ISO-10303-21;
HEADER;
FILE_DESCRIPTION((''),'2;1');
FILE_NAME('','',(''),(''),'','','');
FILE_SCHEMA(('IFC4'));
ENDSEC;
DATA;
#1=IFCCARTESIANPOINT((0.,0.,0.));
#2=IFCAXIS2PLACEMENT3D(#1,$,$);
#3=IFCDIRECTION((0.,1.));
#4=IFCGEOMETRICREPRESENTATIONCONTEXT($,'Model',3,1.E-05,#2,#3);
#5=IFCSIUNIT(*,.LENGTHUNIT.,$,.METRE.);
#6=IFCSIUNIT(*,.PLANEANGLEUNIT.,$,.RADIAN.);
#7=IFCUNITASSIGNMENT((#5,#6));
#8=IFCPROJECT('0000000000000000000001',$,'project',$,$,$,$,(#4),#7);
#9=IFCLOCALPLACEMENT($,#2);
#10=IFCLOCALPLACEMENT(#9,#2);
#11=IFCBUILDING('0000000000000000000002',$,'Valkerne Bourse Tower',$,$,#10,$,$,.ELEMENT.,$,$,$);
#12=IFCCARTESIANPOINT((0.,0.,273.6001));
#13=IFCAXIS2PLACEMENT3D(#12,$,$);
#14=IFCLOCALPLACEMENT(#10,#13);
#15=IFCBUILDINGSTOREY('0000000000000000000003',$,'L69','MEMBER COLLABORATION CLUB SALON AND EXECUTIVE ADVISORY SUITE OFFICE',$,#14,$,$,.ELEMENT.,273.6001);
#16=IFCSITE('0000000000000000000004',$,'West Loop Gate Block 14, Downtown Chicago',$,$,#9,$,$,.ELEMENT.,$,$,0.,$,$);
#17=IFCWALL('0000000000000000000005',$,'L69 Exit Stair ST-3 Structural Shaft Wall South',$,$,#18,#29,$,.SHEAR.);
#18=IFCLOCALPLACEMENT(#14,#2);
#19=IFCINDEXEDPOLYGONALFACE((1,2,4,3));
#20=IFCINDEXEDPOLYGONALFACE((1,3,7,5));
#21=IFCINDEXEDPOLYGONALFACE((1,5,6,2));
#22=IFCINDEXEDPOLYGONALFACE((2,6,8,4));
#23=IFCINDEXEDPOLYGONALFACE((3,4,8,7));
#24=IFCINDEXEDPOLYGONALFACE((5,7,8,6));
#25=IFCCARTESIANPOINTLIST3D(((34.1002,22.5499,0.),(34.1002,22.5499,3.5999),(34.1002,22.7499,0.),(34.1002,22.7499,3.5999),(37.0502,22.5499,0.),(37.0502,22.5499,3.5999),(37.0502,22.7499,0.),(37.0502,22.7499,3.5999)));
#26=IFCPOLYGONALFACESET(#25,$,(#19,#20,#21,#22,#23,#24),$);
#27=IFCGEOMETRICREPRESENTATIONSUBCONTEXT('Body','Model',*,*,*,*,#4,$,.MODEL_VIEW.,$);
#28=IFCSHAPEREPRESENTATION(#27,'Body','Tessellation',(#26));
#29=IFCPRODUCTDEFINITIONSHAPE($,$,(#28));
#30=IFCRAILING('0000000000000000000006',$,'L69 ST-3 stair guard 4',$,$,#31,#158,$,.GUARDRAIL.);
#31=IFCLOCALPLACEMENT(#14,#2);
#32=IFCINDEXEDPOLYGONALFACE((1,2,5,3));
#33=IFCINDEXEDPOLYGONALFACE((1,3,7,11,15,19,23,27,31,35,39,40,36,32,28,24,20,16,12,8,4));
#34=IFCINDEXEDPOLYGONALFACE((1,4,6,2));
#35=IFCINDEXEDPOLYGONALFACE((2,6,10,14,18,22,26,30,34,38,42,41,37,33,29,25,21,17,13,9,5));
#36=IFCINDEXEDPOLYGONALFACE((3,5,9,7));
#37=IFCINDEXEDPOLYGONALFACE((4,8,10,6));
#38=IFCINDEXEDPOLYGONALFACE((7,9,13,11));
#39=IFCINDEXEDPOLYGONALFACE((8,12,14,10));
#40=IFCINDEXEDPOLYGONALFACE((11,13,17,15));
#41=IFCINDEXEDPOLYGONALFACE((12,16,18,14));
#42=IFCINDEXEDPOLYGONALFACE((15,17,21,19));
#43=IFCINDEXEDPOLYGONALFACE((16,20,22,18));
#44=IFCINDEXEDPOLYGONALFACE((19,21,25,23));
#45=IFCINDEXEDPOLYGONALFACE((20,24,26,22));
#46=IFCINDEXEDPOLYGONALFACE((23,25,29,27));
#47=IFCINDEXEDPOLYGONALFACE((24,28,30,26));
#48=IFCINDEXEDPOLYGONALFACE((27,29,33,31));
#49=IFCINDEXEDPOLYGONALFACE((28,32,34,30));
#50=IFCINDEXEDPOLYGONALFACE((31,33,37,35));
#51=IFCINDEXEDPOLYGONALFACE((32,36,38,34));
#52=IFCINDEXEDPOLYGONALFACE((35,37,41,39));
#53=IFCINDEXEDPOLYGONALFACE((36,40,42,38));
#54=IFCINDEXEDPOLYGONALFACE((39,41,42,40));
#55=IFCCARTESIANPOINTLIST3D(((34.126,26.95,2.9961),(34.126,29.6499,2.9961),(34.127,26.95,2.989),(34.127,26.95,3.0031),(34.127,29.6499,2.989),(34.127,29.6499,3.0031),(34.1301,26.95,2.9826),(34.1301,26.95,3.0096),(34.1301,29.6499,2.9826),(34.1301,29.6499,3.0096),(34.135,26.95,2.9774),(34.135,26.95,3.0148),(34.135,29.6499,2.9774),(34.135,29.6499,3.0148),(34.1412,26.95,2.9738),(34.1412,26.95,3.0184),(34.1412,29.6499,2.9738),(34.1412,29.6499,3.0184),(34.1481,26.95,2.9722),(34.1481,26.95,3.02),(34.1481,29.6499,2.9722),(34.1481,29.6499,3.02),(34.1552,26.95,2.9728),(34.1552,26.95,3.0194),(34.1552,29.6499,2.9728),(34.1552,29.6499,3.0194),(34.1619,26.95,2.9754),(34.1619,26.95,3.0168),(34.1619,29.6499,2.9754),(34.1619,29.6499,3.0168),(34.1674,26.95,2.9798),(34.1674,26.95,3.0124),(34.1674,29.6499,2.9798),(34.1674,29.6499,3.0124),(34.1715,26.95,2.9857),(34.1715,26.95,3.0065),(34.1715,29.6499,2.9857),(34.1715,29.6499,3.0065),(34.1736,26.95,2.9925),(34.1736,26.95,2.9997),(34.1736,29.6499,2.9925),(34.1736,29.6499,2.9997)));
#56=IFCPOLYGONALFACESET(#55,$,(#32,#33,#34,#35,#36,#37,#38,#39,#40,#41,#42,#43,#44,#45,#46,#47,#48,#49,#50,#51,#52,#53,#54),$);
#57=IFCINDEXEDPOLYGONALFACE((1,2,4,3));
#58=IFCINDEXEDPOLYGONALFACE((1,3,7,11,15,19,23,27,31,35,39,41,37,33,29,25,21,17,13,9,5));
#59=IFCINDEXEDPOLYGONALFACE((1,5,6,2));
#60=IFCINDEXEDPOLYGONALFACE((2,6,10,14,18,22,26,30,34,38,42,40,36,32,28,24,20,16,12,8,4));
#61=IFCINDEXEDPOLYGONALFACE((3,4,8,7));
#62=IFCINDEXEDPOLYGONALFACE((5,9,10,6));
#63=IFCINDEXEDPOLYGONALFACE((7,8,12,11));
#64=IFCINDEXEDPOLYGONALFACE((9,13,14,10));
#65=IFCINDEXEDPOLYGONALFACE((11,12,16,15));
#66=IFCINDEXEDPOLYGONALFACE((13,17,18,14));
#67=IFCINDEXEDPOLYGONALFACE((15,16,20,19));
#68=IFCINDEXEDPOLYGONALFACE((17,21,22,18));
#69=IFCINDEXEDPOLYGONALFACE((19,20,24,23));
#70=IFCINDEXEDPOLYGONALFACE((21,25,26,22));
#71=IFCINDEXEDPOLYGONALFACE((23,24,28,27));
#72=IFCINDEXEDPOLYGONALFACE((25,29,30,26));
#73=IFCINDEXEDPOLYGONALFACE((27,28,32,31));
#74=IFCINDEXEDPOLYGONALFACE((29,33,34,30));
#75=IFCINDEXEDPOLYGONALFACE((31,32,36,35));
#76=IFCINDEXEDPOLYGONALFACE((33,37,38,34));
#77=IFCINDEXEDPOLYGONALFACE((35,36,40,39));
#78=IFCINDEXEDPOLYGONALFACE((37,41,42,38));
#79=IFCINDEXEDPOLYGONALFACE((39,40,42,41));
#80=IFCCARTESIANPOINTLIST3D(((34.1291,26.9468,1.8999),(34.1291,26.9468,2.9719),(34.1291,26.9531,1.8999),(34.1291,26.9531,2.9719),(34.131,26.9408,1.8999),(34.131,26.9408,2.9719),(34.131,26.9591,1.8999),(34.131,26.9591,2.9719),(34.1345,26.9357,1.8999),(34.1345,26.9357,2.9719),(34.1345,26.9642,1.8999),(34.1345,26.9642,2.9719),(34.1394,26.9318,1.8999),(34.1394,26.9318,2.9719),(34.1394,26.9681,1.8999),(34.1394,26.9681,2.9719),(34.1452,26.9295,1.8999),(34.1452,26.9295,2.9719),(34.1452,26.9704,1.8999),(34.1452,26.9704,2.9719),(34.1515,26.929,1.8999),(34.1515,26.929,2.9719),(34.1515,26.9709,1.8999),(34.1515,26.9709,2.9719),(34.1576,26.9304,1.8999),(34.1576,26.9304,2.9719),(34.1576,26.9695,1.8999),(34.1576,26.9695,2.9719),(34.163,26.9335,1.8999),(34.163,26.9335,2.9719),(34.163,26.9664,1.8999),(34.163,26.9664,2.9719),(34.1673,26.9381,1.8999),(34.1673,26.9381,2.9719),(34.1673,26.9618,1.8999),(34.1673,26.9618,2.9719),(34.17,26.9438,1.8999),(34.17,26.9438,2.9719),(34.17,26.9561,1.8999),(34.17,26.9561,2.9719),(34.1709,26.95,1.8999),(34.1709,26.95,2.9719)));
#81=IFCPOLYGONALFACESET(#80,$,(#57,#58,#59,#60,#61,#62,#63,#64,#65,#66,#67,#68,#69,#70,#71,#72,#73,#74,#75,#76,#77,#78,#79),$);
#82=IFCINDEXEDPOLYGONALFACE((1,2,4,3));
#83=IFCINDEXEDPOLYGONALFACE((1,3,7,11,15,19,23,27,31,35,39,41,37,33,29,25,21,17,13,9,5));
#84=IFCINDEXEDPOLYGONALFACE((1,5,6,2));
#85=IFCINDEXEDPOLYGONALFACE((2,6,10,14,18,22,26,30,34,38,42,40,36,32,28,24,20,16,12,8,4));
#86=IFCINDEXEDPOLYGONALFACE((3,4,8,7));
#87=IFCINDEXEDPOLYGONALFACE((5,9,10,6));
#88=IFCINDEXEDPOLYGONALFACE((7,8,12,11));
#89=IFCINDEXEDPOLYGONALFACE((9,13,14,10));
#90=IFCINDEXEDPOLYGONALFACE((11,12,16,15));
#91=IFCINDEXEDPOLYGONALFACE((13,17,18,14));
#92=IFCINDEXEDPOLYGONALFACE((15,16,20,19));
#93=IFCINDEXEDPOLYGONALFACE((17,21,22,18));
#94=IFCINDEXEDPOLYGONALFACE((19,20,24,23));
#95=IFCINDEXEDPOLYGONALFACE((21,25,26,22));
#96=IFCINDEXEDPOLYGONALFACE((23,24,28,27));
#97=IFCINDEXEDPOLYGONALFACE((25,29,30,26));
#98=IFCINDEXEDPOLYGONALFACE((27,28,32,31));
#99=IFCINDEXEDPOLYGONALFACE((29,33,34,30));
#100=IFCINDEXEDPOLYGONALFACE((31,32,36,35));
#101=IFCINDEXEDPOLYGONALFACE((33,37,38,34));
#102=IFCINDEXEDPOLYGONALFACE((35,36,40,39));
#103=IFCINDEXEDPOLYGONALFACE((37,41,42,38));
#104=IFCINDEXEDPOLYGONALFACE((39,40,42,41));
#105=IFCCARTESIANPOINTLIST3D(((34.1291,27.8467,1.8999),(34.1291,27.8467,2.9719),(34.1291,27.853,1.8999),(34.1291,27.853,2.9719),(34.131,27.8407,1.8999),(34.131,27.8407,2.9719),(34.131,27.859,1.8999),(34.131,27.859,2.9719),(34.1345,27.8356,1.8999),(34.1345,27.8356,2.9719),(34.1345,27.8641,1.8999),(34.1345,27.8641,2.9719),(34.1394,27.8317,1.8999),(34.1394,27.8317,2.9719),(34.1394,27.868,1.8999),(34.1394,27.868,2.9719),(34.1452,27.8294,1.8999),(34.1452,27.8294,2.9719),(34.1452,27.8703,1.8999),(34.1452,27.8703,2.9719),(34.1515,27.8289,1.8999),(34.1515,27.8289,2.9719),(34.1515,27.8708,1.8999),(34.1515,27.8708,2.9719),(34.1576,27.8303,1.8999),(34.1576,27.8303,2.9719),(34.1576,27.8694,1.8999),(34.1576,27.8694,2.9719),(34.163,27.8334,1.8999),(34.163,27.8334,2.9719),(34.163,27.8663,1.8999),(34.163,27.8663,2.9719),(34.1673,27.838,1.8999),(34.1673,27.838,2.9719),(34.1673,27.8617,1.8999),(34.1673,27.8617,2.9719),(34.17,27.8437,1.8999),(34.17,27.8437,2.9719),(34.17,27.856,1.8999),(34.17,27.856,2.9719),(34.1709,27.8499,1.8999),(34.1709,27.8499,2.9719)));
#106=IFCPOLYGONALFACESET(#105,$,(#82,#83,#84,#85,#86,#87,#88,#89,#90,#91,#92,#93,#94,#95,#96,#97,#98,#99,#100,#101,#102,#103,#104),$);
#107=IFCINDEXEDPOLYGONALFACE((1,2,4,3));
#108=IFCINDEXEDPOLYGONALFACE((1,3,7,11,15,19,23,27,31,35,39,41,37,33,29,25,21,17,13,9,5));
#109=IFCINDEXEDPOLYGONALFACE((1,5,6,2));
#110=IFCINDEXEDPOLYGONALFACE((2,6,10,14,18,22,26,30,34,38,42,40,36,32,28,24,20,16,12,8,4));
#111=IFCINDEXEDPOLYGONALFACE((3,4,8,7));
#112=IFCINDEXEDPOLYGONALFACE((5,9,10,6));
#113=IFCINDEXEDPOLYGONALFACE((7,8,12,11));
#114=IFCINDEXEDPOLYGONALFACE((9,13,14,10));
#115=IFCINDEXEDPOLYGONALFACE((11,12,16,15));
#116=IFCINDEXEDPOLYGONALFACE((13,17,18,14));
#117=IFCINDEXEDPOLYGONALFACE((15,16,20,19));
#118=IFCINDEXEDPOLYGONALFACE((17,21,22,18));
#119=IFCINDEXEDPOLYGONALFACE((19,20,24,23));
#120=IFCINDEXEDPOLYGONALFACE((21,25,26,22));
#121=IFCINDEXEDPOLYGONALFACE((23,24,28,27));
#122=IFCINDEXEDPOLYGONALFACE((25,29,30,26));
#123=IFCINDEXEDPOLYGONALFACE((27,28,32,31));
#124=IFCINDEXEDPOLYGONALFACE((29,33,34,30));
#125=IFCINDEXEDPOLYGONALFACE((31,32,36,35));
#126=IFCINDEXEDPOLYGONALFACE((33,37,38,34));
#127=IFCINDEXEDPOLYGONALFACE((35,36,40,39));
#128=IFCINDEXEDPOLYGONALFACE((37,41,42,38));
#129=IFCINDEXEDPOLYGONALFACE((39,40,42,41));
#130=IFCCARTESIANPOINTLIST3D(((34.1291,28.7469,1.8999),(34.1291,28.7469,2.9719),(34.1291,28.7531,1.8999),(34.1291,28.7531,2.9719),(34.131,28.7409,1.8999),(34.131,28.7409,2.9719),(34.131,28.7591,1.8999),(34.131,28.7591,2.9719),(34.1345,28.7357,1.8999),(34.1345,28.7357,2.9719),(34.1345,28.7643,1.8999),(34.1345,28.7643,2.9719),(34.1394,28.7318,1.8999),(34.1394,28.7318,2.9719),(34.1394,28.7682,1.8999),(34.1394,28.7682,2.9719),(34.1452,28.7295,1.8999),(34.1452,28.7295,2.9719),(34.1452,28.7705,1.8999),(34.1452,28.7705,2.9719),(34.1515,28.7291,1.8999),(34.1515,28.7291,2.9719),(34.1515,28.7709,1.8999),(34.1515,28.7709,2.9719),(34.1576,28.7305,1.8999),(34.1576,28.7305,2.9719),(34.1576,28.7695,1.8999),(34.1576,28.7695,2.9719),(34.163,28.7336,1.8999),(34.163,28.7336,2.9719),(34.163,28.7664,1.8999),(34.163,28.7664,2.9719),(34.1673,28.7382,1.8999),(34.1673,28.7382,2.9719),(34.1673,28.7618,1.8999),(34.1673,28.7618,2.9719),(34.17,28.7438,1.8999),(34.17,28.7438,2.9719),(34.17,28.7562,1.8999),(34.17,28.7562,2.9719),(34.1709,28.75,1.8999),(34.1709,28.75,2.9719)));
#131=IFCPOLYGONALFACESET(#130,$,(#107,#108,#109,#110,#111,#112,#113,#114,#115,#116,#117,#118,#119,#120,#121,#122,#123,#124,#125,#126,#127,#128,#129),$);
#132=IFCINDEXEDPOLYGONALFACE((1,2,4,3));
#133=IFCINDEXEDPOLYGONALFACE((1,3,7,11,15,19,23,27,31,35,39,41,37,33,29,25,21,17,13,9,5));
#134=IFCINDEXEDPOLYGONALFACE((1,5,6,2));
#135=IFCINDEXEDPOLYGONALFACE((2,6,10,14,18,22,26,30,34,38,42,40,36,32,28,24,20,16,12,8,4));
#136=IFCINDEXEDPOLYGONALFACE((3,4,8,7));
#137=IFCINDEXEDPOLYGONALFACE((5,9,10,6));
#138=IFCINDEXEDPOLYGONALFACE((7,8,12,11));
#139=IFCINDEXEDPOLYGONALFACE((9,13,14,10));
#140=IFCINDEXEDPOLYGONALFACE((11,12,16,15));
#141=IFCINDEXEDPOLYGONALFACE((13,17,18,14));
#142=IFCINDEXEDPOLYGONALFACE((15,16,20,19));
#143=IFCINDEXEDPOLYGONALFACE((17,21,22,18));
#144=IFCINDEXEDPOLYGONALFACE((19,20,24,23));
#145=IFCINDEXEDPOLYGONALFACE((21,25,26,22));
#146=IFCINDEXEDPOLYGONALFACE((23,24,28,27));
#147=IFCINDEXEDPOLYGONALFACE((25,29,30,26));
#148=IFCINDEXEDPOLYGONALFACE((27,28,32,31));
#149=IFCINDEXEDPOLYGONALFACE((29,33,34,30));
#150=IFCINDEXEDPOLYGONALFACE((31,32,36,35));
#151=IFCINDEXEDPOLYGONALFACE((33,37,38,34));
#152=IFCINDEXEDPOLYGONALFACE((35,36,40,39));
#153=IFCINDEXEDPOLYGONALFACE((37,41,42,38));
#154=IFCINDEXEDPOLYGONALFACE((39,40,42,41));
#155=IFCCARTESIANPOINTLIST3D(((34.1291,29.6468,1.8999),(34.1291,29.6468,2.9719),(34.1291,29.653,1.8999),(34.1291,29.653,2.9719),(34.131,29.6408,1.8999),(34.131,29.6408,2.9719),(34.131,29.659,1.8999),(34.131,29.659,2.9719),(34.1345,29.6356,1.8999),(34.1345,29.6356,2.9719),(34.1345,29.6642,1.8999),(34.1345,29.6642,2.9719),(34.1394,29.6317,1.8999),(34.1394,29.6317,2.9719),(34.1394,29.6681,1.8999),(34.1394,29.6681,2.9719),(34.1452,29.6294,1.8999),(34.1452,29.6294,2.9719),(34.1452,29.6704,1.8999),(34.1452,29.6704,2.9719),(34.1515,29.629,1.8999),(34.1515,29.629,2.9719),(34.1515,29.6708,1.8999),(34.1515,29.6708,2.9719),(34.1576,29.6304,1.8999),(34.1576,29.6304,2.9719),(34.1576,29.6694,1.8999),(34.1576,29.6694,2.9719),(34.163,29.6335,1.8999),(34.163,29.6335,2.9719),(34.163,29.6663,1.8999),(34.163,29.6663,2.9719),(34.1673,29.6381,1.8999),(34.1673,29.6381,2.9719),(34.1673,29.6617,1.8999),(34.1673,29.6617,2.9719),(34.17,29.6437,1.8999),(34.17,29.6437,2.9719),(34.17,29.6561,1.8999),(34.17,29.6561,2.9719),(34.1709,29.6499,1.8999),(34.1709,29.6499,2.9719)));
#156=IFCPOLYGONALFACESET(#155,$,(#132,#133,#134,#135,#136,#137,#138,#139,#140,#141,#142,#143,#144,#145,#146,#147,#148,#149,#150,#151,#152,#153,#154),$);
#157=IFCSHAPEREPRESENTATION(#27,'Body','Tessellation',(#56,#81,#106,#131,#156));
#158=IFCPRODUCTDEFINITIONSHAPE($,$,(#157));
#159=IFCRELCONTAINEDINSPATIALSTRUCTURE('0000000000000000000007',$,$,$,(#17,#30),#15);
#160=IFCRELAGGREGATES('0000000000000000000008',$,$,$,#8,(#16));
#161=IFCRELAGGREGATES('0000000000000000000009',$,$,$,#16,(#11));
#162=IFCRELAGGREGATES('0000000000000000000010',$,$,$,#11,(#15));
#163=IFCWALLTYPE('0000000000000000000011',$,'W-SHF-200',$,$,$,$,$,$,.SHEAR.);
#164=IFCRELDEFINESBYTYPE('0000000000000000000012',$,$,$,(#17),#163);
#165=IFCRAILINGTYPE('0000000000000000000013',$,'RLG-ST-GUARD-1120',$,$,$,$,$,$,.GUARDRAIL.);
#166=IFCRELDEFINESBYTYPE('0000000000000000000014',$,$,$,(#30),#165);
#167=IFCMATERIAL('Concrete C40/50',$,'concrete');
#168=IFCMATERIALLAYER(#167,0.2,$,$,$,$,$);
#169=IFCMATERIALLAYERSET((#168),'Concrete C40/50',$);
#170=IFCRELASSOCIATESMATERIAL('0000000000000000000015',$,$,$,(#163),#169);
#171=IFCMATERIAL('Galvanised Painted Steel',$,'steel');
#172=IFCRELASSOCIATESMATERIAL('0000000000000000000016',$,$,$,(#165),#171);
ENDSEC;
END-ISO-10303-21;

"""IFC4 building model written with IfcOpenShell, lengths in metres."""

from ifc_helpers import new_model, si_unit, direction, frame, frame_2d, origin, origin_2d, place, context, subcontext, project, spatial, rectangle, circle, extrude, material, layer, layer_set, type_object, element, save


model = new_model("IFC4")

# Units and contexts
model_context = context("Model", 3, precision=1e-05, world=origin(), true_north=direction((0.0, 1.0)))
body_context = subcontext(model_context, "Body", "Model", "MODEL_VIEW")
ifc_project = project(units=[si_unit("LENGTHUNIT", "METRE"), si_unit("PLANEANGLEUNIT", "RADIAN")], contexts=[model_context])

# Site, building, storey
site_placement = place(None, origin())
site = spatial("IfcSite", under=ifc_project, at=site_placement, Name="West Loop Gate Block 14, Downtown Chicago", CompositionType="ELEMENT", RefElevation=0.0)
building_placement = place(site_placement, origin())
building = spatial("IfcBuilding", under=site, at=building_placement, Name="Valkerne Bourse Tower", CompositionType="ELEMENT")
storey_placement = place(building_placement, frame((0.0, 0.0, 273.6001)))
storey = spatial("IfcBuildingStorey", under=building, at=storey_placement, Name="L69", Description="MEMBER COLLABORATION CLUB SALON AND EXECUTIVE ADVISORY SUITE OFFICE", CompositionType="ELEMENT", Elevation=273.6001)

# Shared definitions
ifc_material_1 = material(Name="Concrete C40/50", Category="concrete")
ifc_layer_1 = layer(ifc_material_1, 0.2)
ifc_layer_set_1 = layer_set([ifc_layer_1], Name="Concrete C40/50")
wall_type_1 = type_object("IfcWallType", Name="W-SHF-200", PredefinedType="SHEAR", material=ifc_layer_set_1)
ifc_material_2 = material(Name="Galvanised Painted Steel", Category="steel")

# Wall
wall_1_placement = place(storey_placement, frame((34.1001, 22.6499, 0.0), z_axis=(0.0, 0.0, 1.0), x_axis=(1.0, 0.0, 0.0)))
element("IfcWall", 1, at=wall_1_placement, inside=storey, type_object=wall_type_1, Name="L69 Exit Stair ST-3 Structural Shaft Wall South", PredefinedType="SHEAR", context=body_context, shape_type="SweptSolid", body=[
    extrude(rectangle(XDim=2.95, YDim=0.2, at=frame_2d((1.4751, 0.0))), origin(), (0.0, 0.0, 1.0), 3.5999),
])

# Railing
railing_type_1 = type_object("IfcRailingType", Name="RLG-ST-GUARD-1120", PredefinedType="GUARDRAIL", material=ifc_material_2)
railing_1_placement = place(storey_placement, frame((34.1499, 26.95, 1.8999)))
element("IfcRailing", 2, at=railing_1_placement, inside=storey, type_object=railing_type_1, Name="L69 ST-3 stair guard 4", PredefinedType="GUARDRAIL", context=body_context, shape_type="SweptSolid", body=[
    extrude(circle(Radius=0.0239, at=origin_2d()), frame((0.0, 0.0, 1.0962), z_axis=(0.0, 1.0, 0.0), x_axis=(-1.0, 0.0, 0.0)), (0.0, 0.0, 1.0), 2.7),
    extrude(circle(Radius=0.021, at=origin_2d()), origin(), (0.0, 0.0, 1.0), 1.072),
    extrude(circle(Radius=0.021, at=origin_2d()), frame((0.0, 0.8999, 0.0)), (0.0, 0.0, 1.0), 1.072),
    extrude(circle(Radius=0.021, at=origin_2d()), frame((0.0, 1.8, 0.0)), (0.0, 0.0, 1.0), 1.072),
    extrude(circle(Radius=0.021, at=origin_2d()), frame((0.0, 2.7, 0.0)), (0.0, 0.0, 1.0), 1.072),
])

save(model, "model.ifc")
